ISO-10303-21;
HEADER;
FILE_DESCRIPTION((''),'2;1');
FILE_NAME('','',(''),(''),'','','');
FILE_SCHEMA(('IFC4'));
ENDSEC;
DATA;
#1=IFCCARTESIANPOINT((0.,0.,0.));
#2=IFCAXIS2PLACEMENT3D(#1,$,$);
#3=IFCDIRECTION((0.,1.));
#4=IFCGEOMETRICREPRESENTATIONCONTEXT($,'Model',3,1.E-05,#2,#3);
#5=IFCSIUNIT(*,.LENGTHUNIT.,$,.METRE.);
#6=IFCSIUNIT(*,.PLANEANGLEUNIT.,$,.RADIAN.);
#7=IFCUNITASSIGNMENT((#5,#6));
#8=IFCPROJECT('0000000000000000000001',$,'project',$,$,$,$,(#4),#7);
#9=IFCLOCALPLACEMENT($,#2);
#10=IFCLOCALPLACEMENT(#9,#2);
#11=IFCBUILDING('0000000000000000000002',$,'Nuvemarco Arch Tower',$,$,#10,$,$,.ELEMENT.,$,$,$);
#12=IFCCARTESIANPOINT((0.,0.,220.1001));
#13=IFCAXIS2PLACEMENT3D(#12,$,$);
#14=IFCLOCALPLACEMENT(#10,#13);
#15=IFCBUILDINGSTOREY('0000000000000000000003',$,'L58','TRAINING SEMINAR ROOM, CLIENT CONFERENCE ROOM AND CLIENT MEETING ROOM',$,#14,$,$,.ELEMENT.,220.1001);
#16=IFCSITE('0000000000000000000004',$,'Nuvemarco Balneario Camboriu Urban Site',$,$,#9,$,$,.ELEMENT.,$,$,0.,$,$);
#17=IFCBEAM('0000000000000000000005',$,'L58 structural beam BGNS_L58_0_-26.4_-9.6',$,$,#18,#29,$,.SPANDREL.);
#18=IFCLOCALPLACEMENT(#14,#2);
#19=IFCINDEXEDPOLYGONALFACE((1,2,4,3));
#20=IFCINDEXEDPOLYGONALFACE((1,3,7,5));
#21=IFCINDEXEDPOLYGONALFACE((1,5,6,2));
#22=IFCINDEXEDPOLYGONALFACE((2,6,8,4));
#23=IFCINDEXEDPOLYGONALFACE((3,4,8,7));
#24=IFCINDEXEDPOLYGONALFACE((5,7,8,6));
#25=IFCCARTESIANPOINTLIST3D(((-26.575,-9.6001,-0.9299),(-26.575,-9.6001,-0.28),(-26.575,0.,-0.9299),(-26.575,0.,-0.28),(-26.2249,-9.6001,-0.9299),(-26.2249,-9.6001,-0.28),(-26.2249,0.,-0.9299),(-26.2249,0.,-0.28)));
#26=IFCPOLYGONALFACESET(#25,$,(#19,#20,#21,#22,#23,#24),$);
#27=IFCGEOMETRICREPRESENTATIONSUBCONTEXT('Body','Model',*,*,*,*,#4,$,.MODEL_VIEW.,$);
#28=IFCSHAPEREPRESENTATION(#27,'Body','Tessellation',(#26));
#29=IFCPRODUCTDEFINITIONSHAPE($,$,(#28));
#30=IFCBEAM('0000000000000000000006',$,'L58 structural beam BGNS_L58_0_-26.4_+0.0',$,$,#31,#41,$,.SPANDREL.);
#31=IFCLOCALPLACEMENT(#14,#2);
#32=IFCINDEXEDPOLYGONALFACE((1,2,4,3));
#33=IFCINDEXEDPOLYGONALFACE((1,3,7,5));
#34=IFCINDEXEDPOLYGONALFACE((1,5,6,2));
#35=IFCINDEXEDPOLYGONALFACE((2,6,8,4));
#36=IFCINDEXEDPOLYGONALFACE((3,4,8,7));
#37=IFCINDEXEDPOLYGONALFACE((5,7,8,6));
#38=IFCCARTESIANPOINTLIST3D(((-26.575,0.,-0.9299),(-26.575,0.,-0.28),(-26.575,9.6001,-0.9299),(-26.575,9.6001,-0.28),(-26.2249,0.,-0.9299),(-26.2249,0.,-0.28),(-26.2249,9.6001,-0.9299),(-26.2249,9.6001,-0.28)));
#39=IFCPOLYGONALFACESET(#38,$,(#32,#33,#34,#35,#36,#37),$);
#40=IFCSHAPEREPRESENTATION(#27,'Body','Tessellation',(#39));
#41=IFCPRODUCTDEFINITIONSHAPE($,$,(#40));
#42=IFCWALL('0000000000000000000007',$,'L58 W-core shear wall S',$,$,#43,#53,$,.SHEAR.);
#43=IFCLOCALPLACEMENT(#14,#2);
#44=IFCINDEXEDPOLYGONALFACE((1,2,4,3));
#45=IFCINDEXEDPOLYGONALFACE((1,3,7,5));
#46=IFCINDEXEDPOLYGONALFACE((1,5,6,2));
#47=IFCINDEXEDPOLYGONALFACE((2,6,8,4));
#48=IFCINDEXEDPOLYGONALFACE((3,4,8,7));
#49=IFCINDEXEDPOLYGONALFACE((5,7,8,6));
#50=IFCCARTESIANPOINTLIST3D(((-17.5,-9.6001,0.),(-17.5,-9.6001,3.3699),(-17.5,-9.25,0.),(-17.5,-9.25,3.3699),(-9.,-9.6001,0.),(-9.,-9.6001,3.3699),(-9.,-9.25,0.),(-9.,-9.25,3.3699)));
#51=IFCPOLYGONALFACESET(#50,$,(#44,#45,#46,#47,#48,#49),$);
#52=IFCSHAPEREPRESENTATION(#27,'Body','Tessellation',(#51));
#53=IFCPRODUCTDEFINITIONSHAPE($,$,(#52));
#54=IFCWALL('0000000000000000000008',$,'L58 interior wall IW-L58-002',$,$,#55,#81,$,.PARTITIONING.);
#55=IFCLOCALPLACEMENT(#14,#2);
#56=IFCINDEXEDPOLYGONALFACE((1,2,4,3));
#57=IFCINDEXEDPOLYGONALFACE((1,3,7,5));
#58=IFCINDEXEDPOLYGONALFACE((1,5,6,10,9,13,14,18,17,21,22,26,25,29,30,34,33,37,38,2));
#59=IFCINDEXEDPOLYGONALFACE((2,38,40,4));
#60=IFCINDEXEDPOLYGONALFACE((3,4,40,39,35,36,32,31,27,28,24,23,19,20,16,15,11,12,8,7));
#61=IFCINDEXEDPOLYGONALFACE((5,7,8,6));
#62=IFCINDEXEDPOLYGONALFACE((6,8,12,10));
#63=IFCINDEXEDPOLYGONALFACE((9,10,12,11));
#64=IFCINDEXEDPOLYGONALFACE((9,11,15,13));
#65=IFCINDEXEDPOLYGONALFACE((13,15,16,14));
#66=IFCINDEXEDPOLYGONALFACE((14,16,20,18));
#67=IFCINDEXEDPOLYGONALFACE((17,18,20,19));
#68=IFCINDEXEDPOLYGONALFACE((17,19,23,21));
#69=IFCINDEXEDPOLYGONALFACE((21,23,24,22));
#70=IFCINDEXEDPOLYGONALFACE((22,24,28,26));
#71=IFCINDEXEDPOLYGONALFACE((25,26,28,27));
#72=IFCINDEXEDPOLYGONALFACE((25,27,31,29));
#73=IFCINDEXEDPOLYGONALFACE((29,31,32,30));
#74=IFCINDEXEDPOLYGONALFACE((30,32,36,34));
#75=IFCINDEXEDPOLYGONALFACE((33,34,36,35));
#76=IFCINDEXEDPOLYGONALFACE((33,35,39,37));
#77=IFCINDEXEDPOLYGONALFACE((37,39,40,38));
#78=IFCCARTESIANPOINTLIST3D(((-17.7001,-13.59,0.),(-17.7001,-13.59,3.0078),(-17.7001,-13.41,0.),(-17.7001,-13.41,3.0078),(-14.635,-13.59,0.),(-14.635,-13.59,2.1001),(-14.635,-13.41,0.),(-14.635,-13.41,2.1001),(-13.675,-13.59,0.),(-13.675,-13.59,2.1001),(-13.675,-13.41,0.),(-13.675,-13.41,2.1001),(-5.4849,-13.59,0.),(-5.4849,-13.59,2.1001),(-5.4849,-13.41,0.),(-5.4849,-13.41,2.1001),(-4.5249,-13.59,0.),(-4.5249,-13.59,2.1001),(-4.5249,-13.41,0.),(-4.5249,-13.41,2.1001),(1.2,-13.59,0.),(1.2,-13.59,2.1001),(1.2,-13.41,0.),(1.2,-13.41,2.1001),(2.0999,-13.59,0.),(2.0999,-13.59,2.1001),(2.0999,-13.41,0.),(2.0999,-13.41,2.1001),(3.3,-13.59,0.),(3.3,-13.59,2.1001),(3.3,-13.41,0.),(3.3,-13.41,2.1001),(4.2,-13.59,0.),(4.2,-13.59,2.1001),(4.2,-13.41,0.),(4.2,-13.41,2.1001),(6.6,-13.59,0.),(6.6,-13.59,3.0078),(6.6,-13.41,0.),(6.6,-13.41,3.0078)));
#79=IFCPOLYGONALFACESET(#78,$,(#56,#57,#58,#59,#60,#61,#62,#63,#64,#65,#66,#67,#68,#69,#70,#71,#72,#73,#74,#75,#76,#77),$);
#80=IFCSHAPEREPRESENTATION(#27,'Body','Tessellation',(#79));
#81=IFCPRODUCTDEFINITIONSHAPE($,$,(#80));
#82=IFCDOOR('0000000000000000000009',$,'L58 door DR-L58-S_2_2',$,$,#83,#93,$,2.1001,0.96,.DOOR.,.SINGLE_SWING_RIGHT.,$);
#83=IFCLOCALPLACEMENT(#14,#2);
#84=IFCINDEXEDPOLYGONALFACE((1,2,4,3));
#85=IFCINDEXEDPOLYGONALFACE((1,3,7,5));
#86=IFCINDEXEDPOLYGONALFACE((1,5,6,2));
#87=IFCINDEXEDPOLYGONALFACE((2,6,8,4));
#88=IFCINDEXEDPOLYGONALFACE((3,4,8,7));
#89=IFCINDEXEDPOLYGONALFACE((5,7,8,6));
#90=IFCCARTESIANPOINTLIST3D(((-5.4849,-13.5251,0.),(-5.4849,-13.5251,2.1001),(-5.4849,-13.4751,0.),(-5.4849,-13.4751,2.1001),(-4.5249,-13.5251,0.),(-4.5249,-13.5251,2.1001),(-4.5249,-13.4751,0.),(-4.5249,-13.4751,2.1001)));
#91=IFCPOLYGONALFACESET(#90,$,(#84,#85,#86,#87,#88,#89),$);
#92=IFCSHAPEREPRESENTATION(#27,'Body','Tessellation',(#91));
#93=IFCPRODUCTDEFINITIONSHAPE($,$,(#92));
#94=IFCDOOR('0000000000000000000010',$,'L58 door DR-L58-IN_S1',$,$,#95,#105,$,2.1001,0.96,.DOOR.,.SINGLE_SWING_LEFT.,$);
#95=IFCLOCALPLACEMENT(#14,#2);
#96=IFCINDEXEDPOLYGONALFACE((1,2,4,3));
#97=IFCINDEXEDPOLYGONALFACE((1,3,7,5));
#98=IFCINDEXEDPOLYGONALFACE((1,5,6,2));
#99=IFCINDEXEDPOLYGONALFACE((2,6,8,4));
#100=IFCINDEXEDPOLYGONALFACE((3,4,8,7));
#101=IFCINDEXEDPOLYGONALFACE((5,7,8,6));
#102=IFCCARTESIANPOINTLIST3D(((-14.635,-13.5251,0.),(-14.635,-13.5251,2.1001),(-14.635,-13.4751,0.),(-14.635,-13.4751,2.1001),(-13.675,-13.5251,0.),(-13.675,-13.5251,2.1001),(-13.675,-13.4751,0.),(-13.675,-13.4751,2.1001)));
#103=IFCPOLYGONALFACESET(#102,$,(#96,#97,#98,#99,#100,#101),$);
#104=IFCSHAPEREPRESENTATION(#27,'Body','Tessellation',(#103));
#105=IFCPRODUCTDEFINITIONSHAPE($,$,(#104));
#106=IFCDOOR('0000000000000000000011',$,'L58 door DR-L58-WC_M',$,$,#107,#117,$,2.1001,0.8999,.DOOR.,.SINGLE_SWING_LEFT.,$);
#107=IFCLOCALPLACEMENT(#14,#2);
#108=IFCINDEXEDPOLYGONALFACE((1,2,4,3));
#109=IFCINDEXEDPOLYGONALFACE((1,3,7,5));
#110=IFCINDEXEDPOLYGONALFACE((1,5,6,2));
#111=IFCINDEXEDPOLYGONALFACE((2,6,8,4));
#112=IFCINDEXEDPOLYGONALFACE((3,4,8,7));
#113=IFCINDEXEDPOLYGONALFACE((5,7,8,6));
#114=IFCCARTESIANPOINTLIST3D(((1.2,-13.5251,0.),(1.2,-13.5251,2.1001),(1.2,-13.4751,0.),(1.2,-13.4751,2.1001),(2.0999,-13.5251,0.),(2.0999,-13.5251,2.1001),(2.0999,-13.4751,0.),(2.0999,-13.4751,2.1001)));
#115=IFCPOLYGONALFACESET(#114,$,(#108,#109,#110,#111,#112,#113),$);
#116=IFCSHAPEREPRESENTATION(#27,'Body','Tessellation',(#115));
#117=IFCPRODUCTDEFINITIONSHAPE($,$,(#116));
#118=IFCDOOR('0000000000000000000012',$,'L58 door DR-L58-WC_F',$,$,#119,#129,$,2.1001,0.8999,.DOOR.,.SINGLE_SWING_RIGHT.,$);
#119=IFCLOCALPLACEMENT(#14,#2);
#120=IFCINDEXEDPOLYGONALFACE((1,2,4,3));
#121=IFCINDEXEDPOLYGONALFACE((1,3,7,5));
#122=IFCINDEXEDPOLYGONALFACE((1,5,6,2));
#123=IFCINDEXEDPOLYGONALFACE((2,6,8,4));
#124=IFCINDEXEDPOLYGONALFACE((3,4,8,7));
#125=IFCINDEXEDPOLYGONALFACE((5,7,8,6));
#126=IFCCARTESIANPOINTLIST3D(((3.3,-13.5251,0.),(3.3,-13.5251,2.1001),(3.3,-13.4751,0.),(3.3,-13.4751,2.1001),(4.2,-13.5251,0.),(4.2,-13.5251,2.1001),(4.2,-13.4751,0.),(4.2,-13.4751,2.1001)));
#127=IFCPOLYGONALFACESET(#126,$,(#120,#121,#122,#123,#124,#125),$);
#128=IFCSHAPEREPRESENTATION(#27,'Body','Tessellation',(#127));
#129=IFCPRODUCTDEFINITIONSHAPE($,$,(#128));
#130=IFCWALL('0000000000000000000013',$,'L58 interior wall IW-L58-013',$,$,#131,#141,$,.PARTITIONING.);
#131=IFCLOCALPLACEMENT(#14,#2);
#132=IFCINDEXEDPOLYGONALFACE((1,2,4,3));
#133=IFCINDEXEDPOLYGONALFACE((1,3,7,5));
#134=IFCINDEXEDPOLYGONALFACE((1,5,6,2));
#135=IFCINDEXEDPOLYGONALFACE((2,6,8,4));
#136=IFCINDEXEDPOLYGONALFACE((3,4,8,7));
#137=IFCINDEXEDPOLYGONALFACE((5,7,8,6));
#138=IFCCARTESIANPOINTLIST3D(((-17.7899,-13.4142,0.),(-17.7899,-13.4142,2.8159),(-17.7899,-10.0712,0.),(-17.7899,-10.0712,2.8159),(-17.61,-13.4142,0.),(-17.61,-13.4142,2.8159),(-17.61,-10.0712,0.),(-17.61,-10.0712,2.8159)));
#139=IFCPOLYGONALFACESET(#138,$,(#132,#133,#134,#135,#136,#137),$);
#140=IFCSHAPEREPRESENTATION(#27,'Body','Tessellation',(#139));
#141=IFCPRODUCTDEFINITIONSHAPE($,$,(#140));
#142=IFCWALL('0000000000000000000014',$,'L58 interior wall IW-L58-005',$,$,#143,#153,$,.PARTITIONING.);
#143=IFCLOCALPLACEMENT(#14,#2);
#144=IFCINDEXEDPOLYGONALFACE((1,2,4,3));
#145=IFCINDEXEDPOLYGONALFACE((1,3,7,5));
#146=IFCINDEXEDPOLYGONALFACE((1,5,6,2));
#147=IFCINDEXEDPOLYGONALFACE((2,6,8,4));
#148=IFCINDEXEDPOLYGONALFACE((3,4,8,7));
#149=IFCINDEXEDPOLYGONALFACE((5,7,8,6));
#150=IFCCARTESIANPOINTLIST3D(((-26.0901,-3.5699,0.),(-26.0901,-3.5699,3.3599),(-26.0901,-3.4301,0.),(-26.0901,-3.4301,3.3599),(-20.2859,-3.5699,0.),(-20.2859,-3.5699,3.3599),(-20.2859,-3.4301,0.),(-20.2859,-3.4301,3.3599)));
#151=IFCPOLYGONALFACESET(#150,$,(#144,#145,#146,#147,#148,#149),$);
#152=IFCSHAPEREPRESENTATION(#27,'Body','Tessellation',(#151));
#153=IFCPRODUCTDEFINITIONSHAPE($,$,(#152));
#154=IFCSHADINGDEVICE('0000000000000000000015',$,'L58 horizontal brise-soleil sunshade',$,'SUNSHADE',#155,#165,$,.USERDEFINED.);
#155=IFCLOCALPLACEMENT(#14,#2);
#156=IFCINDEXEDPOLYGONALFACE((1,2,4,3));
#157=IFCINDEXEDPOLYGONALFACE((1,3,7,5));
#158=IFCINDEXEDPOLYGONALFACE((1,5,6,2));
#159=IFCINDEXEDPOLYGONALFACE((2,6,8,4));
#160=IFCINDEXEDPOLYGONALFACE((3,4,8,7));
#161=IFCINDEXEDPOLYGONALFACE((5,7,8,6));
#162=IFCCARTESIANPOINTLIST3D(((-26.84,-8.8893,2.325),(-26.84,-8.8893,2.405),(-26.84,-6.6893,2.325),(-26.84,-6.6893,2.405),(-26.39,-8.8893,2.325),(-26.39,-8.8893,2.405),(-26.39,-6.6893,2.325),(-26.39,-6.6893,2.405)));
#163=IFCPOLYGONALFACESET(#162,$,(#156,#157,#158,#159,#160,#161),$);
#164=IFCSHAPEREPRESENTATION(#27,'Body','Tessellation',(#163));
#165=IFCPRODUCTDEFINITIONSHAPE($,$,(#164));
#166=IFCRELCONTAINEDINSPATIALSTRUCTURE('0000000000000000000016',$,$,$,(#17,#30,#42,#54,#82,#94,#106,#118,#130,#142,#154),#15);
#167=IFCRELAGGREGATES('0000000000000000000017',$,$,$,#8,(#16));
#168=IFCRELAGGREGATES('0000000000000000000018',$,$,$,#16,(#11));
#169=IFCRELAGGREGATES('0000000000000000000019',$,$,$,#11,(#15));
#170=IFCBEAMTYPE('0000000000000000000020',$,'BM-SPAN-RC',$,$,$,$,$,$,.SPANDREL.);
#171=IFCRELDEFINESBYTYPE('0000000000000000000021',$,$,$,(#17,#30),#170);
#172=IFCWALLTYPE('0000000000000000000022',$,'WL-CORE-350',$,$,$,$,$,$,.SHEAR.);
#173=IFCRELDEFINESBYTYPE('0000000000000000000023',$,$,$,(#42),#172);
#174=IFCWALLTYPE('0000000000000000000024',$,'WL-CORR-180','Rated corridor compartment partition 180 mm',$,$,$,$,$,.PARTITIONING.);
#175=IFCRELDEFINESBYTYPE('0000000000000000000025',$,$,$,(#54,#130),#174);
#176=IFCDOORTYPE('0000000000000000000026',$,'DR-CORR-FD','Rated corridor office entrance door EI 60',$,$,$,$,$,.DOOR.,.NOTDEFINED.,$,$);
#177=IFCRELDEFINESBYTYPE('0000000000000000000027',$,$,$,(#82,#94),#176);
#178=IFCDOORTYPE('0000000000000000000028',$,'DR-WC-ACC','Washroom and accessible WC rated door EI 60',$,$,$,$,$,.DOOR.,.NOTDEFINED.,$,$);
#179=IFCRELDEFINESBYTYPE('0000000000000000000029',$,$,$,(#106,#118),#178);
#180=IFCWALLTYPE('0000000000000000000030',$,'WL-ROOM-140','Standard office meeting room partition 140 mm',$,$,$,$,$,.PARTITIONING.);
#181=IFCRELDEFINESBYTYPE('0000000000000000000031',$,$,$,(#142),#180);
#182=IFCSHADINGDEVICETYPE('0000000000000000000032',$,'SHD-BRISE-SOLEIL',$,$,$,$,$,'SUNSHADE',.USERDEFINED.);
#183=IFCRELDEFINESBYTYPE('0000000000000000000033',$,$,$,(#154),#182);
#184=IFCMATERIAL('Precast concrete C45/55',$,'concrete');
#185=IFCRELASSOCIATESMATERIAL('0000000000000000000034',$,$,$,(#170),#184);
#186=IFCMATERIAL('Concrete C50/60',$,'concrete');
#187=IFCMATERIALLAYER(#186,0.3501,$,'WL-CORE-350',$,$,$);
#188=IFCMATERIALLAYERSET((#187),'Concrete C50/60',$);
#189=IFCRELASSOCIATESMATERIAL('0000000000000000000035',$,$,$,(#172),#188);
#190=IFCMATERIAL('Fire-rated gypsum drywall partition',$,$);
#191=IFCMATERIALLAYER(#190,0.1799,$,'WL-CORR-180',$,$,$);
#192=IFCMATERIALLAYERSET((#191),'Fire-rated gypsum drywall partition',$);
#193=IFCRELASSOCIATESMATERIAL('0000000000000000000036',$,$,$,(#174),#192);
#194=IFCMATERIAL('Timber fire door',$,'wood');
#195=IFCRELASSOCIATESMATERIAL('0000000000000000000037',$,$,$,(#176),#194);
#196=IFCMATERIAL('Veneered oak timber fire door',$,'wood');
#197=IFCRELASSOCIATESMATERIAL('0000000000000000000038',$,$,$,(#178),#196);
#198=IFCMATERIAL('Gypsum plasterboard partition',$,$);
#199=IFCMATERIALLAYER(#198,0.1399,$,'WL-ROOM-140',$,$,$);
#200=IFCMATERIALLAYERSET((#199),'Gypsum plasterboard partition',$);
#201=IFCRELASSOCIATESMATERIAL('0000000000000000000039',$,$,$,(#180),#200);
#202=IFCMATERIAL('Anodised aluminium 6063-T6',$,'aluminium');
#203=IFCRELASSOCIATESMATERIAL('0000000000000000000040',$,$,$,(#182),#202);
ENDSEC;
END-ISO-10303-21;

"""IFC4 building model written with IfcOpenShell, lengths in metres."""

from ifc_helpers import new_model, si_unit, direction, frame, frame_2d, origin, origin_2d, place, context, subcontext, project, spatial, rectangle, extrude, source, transform, mapped, material, layer, layer_set, material_profile, profile_set, type_object, type_shapes, element, fill, save


model = new_model("IFC4")

# Units and contexts
model_context = context("Model", 3, precision=1e-05, world=origin(), true_north=direction((0.0, 1.0)))
body_context = subcontext(model_context, "Body", "Model", "MODEL_VIEW")
ifc_project = project(units=[si_unit("LENGTHUNIT", "METRE"), si_unit("PLANEANGLEUNIT", "RADIAN")], contexts=[model_context])

# Site, building, storey
site_placement = place(None, origin())
site = spatial("IfcSite", under=ifc_project, at=site_placement, Name="Nuvemarco Balneario Camboriu Urban Site", CompositionType="ELEMENT", RefElevation=0.0)
building_placement = place(site_placement, origin())
building = spatial("IfcBuilding", under=site, at=building_placement, Name="Nuvemarco Arch Tower", CompositionType="ELEMENT")
storey_placement = place(building_placement, frame((0.0, 0.0, 220.1001)))
storey = spatial("IfcBuildingStorey", under=building, at=storey_placement, Name="L58", Description="TRAINING SEMINAR ROOM, CLIENT CONFERENCE ROOM AND CLIENT MEETING ROOM", CompositionType="ELEMENT", Elevation=220.1001)

# Shared definitions
ifc_material_1 = material(Name="Concrete C50/60", Category="concrete")

# Beams
ifc_material_2 = material(Name="Precast concrete C45/55", Category="concrete")
ifc_material_profile_1 = material_profile(ifc_material_2, rectangle(XDim=0.3501, YDim=0.6499, at=origin_2d()), Name="PC-SP-350x650")
ifc_profile_set_1 = profile_set([ifc_material_profile_1], Name="Precast concrete C45/55")
beam_type_1 = type_object("IfcBeamType", Name="BM-SPAN-RC", PredefinedType="SPANDREL", material=ifc_profile_set_1)
for number, where, z_axis, x_axis, name in (
    (1, (-26.3999, -9.6001, -0.605), (0.0, 1.0, 0.0), (-1.0, 0.0, 0.0), "L58 structural beam BGNS_L58_0_-26.4_-9.6"),
    (2, (-26.3999, 0.0, -0.605), (0.0, 1.0, 0.0), (-1.0, 0.0, 0.0), "L58 structural beam BGNS_L58_0_-26.4_+0.0"),
):
    element("IfcBeam", number, at=place(storey_placement, frame(where, z_axis=z_axis, x_axis=x_axis)), inside=storey, type_object=beam_type_1, Name=name, PredefinedType="SPANDREL", context=body_context, shape_type="SweptSolid", body=[
        extrude(rectangle(XDim=0.3501, YDim=0.6499, at=origin_2d()), origin(), (0.0, 0.0, 1.0), 9.6001),
    ])

# Wall
ifc_layer_1 = layer(ifc_material_1, 0.3501, Name="WL-CORE-350")
ifc_layer_set_1 = layer_set([ifc_layer_1], Name="Concrete C50/60")
wall_type_1 = type_object("IfcWallType", Name="WL-CORE-350", PredefinedType="SHEAR", material=ifc_layer_set_1)
wall_1_placement = place(storey_placement, frame((-17.5, -9.425, 0.0), z_axis=(0.0, 0.0, 1.0), x_axis=(1.0, 0.0, 0.0)))
element("IfcWall", 3, at=wall_1_placement, inside=storey, type_object=wall_type_1, Name="L58 W-core shear wall S", PredefinedType="SHEAR", context=body_context, shape_type="SweptSolid", body=[
    extrude(rectangle(XDim=8.5, YDim=0.3501, at=frame_2d((4.25, 0.0))), origin(), (0.0, 0.0, 1.0), 3.3699),
])

# Wall, openings, doors
ifc_material_3 = material(Name="Fire-rated gypsum drywall partition")
ifc_layer_2 = layer(ifc_material_3, 0.1799, Name="WL-CORR-180")
ifc_layer_set_2 = layer_set([ifc_layer_2], Name="Fire-rated gypsum drywall partition")
wall_type_2 = type_object("IfcWallType", Name="WL-CORR-180", Description="Rated corridor compartment partition 180 mm", PredefinedType="PARTITIONING", material=ifc_layer_set_2)
wall_2_placement = place(storey_placement, frame((-17.7, -13.5, 0.0), z_axis=(0.0, 0.0, 1.0), x_axis=(1.0, 0.0, 0.0)))
wall_2 = element("IfcWall", 4, at=wall_2_placement, inside=storey, type_object=wall_type_2, Name="L58 interior wall IW-L58-002", PredefinedType="PARTITIONING", context=body_context, shape_type="SweptSolid", body=[
    extrude(rectangle(XDim=24.3, YDim=0.1799, at=frame_2d((12.1499, 0.0))), origin(), (0.0, 0.0, 1.0), 3.0078),
])
opening_1_placement = place(wall_2_placement, frame((12.2151, 0.0, 0.0)))
opening_1 = element("IfcOpeningElement", 5, at=opening_1_placement, cuts=wall_2, PredefinedType="OPENING", context=body_context, shape_type="SweptSolid", body=[
    extrude(rectangle(XDim=0.96, YDim=2.1001, at=frame_2d((0.48, 1.05))), frame((0.0, 0.0999, 0.0), z_axis=(0.0, -1.0, 0.0), x_axis=(1.0, 0.0, 0.0)), (0.0, 0.0, 1.0), 0.2),
])
opening_2_placement = place(wall_2_placement, frame((3.0649, 0.0, 0.0)))
opening_2 = element("IfcOpeningElement", 6, at=opening_2_placement, cuts=wall_2, PredefinedType="OPENING", context=body_context, shape_type="SweptSolid", body=[
    extrude(rectangle(XDim=0.96, YDim=2.1001, at=frame_2d((0.48, 1.05))), frame((0.0, 0.0999, 0.0), z_axis=(0.0, -1.0, 0.0), x_axis=(1.0, 0.0, 0.0)), (0.0, 0.0, 1.0), 0.2),
])
opening_3_placement = place(wall_2_placement, frame((18.8999, 0.0, 0.0)))
opening_3 = element("IfcOpeningElement", 7, at=opening_3_placement, cuts=wall_2, PredefinedType="OPENING", context=body_context, shape_type="SweptSolid", body=[
    extrude(rectangle(XDim=0.8999, YDim=2.1001, at=frame_2d((0.45, 1.05))), frame((0.0, 0.0999, 0.0), z_axis=(0.0, -1.0, 0.0), x_axis=(1.0, 0.0, 0.0)), (0.0, 0.0, 1.0), 0.2),
])
opening_4_placement = place(wall_2_placement, frame((21.0, 0.0, 0.0)))
opening_4 = element("IfcOpeningElement", 8, at=opening_4_placement, cuts=wall_2, PredefinedType="OPENING", context=body_context, shape_type="SweptSolid", body=[
    extrude(rectangle(XDim=0.8999, YDim=2.1001, at=frame_2d((0.45, 1.05))), frame((0.0, 0.0999, 0.0), z_axis=(0.0, -1.0, 0.0), x_axis=(1.0, 0.0, 0.0)), (0.0, 0.0, 1.0), 0.2),
])
ifc_material_4 = material(Name="Timber fire door", Category="wood")
door_type_1 = type_object("IfcDoorType", Name="DR-CORR-FD", Description="Rated corridor office entrance door EI 60", OperationType="NOTDEFINED", PredefinedType="DOOR", material=ifc_material_4)
shared_shape_1 = source(origin(), body_context, "Body", "SweptSolid", [
    extrude(rectangle(XDim=0.96, YDim=2.1001, at=frame_2d((0.48, 1.05))), frame((0.0, 0.0249, 0.0), z_axis=(0.0, -1.0, 0.0), x_axis=(1.0, 0.0, 0.0)), (0.0, 0.0, 1.0), 0.05),
])
type_shapes(door_type_1, [shared_shape_1])
door_1_placement = place(opening_1_placement, origin())
door_1 = element("IfcDoor", 9, at=door_1_placement, inside=storey, type_object=door_type_1, Name="L58 door DR-L58-S_2_2", OperationType="SINGLE_SWING_RIGHT", OverallHeight=2.1001, OverallWidth=0.96, PredefinedType="DOOR", context=body_context, shape_type="MappedRepresentation", body=[
    mapped(shared_shape_1, transform((0.0, 0.0, 0.0), scale=1.0)),
])
fill(opening_1, door_1)
door_2_placement = place(opening_2_placement, origin())
door_2 = element("IfcDoor", 10, at=door_2_placement, inside=storey, type_object=door_type_1, Name="L58 door DR-L58-IN_S1", OperationType="SINGLE_SWING_LEFT", OverallHeight=2.1001, OverallWidth=0.96, PredefinedType="DOOR", context=body_context, shape_type="MappedRepresentation", body=[
    mapped(shared_shape_1, transform((0.0, 0.0, 0.0), scale=1.0)),
])
fill(opening_2, door_2)
ifc_material_5 = material(Name="Veneered oak timber fire door", Category="wood")
door_type_2 = type_object("IfcDoorType", Name="DR-WC-ACC", Description="Washroom and accessible WC rated door EI 60", OperationType="NOTDEFINED", PredefinedType="DOOR", material=ifc_material_5)
shared_shape_2 = source(origin(), body_context, "Body", "SweptSolid", [
    extrude(rectangle(XDim=0.8999, YDim=2.1001, at=frame_2d((0.45, 1.05))), frame((0.0, 0.0249, 0.0), z_axis=(0.0, -1.0, 0.0), x_axis=(1.0, 0.0, 0.0)), (0.0, 0.0, 1.0), 0.05),
])
type_shapes(door_type_2, [shared_shape_2])
door_3_placement = place(opening_3_placement, origin())
door_3 = element("IfcDoor", 11, at=door_3_placement, inside=storey, type_object=door_type_2, Name="L58 door DR-L58-WC_M", OperationType="SINGLE_SWING_LEFT", OverallHeight=2.1001, OverallWidth=0.8999, PredefinedType="DOOR", context=body_context, shape_type="MappedRepresentation", body=[
    mapped(shared_shape_2, transform((0.0, 0.0, 0.0), scale=1.0)),
])
fill(opening_3, door_3)
door_4_placement = place(opening_4_placement, origin())
door_4 = element("IfcDoor", 12, at=door_4_placement, inside=storey, type_object=door_type_2, Name="L58 door DR-L58-WC_F", OperationType="SINGLE_SWING_RIGHT", OverallHeight=2.1001, OverallWidth=0.8999, PredefinedType="DOOR", context=body_context, shape_type="MappedRepresentation", body=[
    mapped(shared_shape_2, transform((0.0, 0.0, 0.0), scale=1.0)),
])
fill(opening_4, door_4)

# Walls
wall_3_placement = place(storey_placement, frame((-17.7, -13.4141, 0.0), z_axis=(0.0, 0.0, 1.0), x_axis=(0.0, 1.0, 0.0)))
element("IfcWall", 13, at=wall_3_placement, inside=storey, type_object=wall_type_2, Name="L58 interior wall IW-L58-013", PredefinedType="PARTITIONING", context=body_context, shape_type="SweptSolid", body=[
    extrude(rectangle(XDim=3.343, YDim=0.1799, at=frame_2d((1.6714, 0.0))), origin(), (0.0, 0.0, 1.0), 2.8159),
])
ifc_material_6 = material(Name="Gypsum plasterboard partition")
ifc_layer_3 = layer(ifc_material_6, 0.1399, Name="WL-ROOM-140")
ifc_layer_set_3 = layer_set([ifc_layer_3], Name="Gypsum plasterboard partition")
wall_type_3 = type_object("IfcWallType", Name="WL-ROOM-140", Description="Standard office meeting room partition 140 mm", PredefinedType="PARTITIONING", material=ifc_layer_set_3)
wall_4_placement = place(storey_placement, frame((-26.0901, -3.5, 0.0), z_axis=(0.0, 0.0, 1.0), x_axis=(1.0, 0.0, 0.0)))
element("IfcWall", 14, at=wall_4_placement, inside=storey, type_object=wall_type_3, Name="L58 interior wall IW-L58-005", PredefinedType="PARTITIONING", context=body_context, shape_type="SweptSolid", body=[
    extrude(rectangle(XDim=5.8042, YDim=0.1399, at=frame_2d((2.9021, 0.0))), origin(), (0.0, 0.0, 1.0), 3.3599),
])

# Shading device
ifc_material_7 = material(Name="Anodised aluminium 6063-T6", Category="aluminium")
shading_device_type = type_object("IfcShadingDeviceType", Name="SHD-BRISE-SOLEIL", ElementType="SUNSHADE", PredefinedType="USERDEFINED", material=ifc_material_7)
shared_shape_3 = source(origin(), body_context, "Body", "SweptSolid", [
    extrude(rectangle(XDim=2.2, YDim=0.45, at=origin_2d()), origin(), (0.0, 0.0, 1.0), 0.0801),
])
type_shapes(shading_device_type, [shared_shape_3])
for number, where, z_axis, x_axis, name in (
    (15, (-26.615, -7.7893, 2.325), (0.0, 0.0, 1.0), (0.0, 1.0, 0.0), "L58 horizontal brise-soleil sunshade"),
):
    element("IfcShadingDevice", number, at=place(storey_placement, frame(where, z_axis=z_axis, x_axis=x_axis)), inside=storey, type_object=shading_device_type, Name=name, ObjectType="SUNSHADE", PredefinedType="USERDEFINED", context=body_context, shape_type="MappedRepresentation", body=[
        mapped(shared_shape_3, transform((0.0, 0.0, 0.0), scale=1.0)),
    ])

save(model, "model.ifc")
